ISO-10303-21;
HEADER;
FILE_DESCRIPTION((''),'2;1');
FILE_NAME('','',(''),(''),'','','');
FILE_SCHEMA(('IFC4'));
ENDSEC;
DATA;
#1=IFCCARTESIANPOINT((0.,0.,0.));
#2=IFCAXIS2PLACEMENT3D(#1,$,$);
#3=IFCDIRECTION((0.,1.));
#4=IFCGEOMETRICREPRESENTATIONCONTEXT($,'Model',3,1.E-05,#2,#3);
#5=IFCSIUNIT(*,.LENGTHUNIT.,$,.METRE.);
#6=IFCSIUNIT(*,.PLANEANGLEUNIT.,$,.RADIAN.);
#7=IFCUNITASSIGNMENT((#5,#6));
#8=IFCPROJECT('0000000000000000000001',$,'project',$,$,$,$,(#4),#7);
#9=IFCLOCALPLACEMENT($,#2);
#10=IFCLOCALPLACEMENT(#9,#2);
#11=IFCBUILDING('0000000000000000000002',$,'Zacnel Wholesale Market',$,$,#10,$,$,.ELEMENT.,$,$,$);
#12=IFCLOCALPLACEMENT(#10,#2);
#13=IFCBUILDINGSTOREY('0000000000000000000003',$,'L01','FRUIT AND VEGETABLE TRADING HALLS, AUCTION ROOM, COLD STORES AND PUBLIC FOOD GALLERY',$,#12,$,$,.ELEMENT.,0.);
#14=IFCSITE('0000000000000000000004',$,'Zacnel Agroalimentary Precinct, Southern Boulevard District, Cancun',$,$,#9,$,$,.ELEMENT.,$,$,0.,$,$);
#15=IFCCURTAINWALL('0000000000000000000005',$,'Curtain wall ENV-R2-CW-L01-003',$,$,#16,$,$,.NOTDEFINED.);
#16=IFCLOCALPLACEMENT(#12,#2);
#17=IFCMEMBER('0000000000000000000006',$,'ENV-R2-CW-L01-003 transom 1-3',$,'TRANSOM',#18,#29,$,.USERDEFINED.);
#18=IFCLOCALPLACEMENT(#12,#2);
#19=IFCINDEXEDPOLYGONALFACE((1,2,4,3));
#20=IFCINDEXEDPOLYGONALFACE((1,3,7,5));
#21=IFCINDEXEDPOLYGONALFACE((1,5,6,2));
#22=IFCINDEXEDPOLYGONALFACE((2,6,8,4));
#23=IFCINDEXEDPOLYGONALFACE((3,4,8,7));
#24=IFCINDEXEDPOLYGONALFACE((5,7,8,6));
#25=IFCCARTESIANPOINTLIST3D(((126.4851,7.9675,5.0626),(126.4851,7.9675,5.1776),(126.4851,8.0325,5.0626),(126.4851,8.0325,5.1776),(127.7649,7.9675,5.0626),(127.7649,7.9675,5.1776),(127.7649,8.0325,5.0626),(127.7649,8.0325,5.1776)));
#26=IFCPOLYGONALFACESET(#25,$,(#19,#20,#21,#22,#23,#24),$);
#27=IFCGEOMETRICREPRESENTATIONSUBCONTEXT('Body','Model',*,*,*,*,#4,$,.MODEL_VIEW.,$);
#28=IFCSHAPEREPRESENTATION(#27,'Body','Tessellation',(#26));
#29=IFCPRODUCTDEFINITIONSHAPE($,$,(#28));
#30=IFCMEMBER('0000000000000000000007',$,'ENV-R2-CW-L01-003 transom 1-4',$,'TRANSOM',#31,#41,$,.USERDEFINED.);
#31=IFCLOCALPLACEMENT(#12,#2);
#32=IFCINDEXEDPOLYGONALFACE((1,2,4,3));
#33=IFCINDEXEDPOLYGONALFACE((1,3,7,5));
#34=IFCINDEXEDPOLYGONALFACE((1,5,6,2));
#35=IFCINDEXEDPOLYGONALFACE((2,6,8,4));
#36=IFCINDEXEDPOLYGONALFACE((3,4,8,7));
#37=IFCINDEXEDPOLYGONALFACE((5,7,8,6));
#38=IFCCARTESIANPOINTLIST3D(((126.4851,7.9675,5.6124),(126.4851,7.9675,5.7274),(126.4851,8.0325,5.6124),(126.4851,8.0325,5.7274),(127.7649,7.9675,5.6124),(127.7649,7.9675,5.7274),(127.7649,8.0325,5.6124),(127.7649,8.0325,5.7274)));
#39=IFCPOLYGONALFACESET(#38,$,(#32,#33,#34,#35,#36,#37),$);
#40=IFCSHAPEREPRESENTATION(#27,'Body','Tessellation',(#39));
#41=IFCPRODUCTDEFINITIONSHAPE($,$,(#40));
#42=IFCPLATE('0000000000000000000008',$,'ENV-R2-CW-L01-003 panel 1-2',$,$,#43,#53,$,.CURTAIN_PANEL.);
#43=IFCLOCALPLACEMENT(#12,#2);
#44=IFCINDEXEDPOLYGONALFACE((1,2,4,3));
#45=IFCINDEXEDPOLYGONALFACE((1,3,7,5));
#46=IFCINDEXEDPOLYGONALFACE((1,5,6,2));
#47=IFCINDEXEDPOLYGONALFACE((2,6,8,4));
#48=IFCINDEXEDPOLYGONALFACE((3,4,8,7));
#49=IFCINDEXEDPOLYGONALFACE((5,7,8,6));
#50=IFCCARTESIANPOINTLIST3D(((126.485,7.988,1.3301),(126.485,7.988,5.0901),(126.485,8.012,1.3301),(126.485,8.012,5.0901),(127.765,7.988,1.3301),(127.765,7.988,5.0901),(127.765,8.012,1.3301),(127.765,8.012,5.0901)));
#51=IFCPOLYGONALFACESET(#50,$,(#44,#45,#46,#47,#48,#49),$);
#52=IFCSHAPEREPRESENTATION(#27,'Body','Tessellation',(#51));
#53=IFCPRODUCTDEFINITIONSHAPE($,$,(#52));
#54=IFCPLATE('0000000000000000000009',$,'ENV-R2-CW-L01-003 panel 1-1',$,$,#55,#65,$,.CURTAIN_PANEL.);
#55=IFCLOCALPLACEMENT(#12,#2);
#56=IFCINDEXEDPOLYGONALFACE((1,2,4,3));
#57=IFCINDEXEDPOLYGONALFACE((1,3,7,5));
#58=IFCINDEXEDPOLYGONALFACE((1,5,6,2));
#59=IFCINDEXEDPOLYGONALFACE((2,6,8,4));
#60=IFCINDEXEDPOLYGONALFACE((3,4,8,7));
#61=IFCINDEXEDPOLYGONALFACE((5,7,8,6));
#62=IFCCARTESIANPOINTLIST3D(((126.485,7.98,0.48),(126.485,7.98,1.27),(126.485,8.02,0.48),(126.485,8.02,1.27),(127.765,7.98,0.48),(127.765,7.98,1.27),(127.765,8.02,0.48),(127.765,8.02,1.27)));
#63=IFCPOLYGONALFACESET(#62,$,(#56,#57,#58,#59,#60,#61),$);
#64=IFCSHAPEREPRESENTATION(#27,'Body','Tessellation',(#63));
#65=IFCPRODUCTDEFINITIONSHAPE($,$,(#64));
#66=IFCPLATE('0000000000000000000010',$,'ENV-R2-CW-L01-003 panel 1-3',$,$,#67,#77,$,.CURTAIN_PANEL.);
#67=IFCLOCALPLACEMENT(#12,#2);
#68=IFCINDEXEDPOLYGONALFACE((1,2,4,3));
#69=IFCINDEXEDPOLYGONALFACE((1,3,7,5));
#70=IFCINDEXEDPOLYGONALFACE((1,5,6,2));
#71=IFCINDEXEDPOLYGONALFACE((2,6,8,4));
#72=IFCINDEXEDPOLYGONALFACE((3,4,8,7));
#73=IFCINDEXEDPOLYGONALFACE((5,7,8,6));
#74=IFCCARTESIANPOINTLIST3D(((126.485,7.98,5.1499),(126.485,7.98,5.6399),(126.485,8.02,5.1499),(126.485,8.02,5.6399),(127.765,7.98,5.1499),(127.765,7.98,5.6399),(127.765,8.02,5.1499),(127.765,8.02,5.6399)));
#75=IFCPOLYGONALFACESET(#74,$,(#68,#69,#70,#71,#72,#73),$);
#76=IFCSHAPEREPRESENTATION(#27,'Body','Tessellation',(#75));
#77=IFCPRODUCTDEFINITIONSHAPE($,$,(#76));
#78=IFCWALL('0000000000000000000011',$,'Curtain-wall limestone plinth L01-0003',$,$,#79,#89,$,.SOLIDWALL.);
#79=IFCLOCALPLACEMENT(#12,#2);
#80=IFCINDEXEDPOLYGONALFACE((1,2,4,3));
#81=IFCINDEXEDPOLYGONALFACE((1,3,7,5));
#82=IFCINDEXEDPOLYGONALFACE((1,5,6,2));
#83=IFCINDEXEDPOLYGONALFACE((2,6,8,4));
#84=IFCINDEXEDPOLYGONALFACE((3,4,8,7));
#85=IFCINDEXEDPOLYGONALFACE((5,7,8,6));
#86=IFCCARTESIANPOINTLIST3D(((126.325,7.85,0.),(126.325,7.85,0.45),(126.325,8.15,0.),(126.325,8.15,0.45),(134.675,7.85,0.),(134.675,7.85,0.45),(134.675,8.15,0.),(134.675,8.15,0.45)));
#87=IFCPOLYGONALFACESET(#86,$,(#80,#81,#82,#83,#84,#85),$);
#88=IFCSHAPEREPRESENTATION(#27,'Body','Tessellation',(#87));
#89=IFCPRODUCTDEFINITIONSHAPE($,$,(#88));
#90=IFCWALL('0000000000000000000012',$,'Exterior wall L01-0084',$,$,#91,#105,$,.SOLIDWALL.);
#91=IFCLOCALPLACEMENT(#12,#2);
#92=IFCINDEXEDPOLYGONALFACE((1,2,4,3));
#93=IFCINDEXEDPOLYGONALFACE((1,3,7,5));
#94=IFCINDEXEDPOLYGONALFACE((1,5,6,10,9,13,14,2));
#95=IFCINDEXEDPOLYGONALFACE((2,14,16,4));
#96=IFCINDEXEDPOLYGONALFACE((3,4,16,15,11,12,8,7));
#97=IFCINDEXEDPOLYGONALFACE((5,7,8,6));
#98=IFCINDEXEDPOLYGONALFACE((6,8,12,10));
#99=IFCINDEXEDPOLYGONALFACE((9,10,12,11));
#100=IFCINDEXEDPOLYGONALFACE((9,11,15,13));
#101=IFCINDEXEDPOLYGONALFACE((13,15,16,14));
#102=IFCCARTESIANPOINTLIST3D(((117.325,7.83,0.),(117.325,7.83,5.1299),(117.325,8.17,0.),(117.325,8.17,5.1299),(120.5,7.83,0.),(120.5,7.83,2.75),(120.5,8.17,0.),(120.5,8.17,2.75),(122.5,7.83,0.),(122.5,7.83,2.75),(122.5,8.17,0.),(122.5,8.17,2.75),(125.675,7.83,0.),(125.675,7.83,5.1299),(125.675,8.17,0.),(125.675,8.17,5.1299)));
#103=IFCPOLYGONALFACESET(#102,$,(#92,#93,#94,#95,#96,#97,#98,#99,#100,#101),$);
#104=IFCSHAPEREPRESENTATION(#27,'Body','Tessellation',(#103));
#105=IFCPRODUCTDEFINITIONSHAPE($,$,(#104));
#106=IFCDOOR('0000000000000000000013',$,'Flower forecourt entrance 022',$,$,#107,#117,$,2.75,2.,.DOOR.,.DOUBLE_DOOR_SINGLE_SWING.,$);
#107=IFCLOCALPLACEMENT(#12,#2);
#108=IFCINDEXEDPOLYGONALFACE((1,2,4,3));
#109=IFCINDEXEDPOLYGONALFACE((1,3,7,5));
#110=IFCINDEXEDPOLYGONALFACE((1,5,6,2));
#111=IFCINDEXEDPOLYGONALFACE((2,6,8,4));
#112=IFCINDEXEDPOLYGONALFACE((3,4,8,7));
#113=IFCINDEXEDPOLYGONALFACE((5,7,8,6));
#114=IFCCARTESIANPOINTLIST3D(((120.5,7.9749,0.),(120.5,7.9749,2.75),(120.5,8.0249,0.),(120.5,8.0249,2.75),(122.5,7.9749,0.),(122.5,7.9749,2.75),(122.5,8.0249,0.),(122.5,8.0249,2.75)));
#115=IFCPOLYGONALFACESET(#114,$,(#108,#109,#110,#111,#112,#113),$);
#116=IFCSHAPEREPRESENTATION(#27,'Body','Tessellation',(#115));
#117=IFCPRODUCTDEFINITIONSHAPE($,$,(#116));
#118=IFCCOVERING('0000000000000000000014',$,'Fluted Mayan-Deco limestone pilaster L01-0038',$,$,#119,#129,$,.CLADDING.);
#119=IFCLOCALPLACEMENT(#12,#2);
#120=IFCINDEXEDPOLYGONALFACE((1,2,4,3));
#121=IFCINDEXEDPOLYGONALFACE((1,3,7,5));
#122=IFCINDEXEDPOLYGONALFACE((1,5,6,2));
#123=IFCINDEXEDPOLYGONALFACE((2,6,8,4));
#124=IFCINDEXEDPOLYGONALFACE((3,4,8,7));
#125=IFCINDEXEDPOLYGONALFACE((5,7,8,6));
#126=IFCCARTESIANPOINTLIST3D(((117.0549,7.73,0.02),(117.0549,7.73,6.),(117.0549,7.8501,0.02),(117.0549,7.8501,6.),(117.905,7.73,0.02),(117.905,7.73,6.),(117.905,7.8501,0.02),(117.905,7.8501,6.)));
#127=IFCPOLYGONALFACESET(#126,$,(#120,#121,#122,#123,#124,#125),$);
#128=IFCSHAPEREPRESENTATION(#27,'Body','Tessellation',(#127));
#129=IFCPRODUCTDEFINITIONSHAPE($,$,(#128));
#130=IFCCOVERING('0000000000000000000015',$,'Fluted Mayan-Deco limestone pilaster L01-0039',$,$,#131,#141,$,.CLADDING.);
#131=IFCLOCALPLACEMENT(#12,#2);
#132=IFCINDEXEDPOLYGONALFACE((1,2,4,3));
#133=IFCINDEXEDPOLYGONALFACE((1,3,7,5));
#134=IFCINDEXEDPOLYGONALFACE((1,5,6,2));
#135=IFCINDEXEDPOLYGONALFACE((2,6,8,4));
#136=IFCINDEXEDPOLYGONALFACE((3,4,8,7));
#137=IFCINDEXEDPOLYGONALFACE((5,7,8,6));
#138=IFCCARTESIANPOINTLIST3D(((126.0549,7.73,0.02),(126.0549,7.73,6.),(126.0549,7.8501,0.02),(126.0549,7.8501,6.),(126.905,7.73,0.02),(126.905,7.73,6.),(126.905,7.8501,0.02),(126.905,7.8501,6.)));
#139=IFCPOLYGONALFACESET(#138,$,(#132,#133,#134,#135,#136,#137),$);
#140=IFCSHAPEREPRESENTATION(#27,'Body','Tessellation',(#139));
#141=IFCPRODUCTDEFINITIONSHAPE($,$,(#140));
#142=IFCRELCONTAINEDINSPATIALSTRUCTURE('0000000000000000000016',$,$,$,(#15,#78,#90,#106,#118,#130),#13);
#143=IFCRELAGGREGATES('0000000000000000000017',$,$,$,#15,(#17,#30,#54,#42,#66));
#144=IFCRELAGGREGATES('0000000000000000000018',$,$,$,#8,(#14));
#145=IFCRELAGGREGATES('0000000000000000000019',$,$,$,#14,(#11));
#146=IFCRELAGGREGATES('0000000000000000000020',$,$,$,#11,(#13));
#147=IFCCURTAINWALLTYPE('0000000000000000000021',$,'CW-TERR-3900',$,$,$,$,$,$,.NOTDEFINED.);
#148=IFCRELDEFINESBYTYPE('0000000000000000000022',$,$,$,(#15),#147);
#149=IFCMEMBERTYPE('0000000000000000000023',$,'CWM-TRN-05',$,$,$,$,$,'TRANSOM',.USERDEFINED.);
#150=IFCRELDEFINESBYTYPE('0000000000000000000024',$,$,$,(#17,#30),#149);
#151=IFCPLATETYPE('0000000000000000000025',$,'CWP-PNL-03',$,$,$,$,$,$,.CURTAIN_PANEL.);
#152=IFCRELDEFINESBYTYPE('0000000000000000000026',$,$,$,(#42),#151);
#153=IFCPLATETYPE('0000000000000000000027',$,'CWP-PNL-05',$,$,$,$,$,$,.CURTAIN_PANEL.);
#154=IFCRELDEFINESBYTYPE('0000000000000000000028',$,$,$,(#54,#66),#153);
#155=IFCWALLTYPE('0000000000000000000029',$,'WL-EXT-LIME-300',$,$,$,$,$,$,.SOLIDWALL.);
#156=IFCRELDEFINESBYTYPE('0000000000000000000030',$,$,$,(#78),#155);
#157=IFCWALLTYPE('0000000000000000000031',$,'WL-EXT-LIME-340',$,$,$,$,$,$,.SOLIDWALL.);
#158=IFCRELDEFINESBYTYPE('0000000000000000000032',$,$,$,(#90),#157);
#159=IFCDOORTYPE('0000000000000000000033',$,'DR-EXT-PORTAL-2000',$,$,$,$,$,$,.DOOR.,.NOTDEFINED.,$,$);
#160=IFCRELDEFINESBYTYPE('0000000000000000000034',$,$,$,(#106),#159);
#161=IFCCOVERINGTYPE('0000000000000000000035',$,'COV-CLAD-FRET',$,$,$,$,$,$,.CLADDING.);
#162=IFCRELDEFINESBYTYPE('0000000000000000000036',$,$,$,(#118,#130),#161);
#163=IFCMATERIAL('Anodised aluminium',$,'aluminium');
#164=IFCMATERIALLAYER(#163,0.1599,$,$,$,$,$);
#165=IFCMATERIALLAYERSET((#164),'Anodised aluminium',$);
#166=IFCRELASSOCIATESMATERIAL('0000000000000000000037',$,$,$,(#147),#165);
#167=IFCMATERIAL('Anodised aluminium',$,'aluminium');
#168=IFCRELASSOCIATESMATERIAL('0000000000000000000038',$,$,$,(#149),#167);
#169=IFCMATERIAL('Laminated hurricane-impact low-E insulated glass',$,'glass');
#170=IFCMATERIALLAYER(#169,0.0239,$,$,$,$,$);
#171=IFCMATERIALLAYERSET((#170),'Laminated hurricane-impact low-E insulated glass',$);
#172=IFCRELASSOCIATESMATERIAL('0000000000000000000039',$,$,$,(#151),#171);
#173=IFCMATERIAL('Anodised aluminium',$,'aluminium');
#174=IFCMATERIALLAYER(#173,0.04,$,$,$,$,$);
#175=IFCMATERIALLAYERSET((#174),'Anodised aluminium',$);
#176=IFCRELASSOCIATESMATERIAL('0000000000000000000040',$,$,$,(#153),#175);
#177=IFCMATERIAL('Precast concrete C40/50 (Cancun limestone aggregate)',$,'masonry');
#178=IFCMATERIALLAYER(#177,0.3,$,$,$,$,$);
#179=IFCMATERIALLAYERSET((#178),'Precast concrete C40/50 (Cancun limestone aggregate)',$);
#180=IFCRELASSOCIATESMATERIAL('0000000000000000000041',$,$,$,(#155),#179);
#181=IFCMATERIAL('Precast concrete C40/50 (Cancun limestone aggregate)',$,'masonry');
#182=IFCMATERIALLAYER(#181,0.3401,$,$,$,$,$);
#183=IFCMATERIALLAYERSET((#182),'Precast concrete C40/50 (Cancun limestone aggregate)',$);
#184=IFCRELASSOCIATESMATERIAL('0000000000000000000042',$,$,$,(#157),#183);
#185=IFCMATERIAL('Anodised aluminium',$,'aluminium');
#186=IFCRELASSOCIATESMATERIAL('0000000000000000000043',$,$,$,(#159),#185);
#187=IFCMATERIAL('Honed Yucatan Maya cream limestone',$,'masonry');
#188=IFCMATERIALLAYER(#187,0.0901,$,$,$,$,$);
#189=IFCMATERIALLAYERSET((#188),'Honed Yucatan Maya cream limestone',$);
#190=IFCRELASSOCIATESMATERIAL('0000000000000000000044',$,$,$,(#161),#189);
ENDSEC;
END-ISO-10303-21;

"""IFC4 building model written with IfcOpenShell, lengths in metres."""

from ifc_helpers import new_model, si_unit, direction, frame, frame_2d, origin, origin_2d, place, context, subcontext, project, spatial, rectangle, extrude, material, layer, layer_set, material_profile, profile_set, type_object, element, fill, aggregate, save


model = new_model("IFC4")

# Units and contexts
model_context = context("Model", 3, precision=1e-05, world=origin(), true_north=direction((0.0, 1.0)))
body_context = subcontext(model_context, "Body", "Model", "MODEL_VIEW")
ifc_project = project(units=[si_unit("LENGTHUNIT", "METRE"), si_unit("PLANEANGLEUNIT", "RADIAN")], contexts=[model_context])

# Site, building, storey
site_placement = place(None, origin())
site = spatial("IfcSite", under=ifc_project, at=site_placement, Name="Zacnel Agroalimentary Precinct, Southern Boulevard District, Cancun", CompositionType="ELEMENT", RefElevation=0.0)
building_placement = place(site_placement, origin())
building = spatial("IfcBuilding", under=site, at=building_placement, Name="Zacnel Wholesale Market", CompositionType="ELEMENT")
storey_placement = place(building_placement, origin())
storey = spatial("IfcBuildingStorey", under=building, at=storey_placement, Name="L01", Description="FRUIT AND VEGETABLE TRADING HALLS, AUCTION ROOM, COLD STORES AND PUBLIC FOOD GALLERY", CompositionType="ELEMENT", Elevation=0.0)

# Curtain wall, members, plates
ifc_material_1 = material(Name="Anodised aluminium", Category="aluminium")
ifc_layer_1 = layer(ifc_material_1, 0.1599)
ifc_layer_set_1 = layer_set([ifc_layer_1], Name="Anodised aluminium")
curtain_wall_type = type_object("IfcCurtainWallType", Name="CW-TERR-3900", PredefinedType="NOTDEFINED", material=ifc_layer_set_1)
curtain_wall_placement = place(storey_placement, origin())
curtain_wall = element("IfcCurtainWall", 1, at=curtain_wall_placement, inside=storey, type_object=curtain_wall_type, Name="Curtain wall ENV-R2-CW-L01-003", PredefinedType="NOTDEFINED")
ifc_material_2 = material(Name="Anodised aluminium", Category="aluminium")
ifc_material_profile_1 = material_profile(ifc_material_2, rectangle(XDim=0.0649, YDim=0.115, at=origin_2d()), Name="AW-TRANSOM 65x115")
ifc_profile_set_1 = profile_set([ifc_material_profile_1], Name="Anodised aluminium")
member_type_1 = type_object("IfcMemberType", Name="CWM-TRN-05", ElementType="TRANSOM", PredefinedType="USERDEFINED", material=ifc_profile_set_1)
member_1_placement = place(storey_placement, frame((126.4851, 8.0, 5.1201), z_axis=(1.0, 0.0, 0.0), x_axis=(0.0, 1.0, 0.0)))
member_1 = element("IfcMember", 2, at=member_1_placement, type_object=member_type_1, Name="ENV-R2-CW-L01-003 transom 1-3", ObjectType="TRANSOM", PredefinedType="USERDEFINED", context=body_context, shape_type="SweptSolid", body=[
    extrude(rectangle(XDim=0.0649, YDim=0.115, at=origin_2d()), origin(), (0.0, 0.0, 1.0), 1.2798),
])
member_2_placement = place(storey_placement, frame((126.4851, 8.0, 5.6699), z_axis=(1.0, 0.0, 0.0), x_axis=(0.0, 1.0, 0.0)))
member_2 = element("IfcMember", 3, at=member_2_placement, type_object=member_type_1, Name="ENV-R2-CW-L01-003 transom 1-4", ObjectType="TRANSOM", PredefinedType="USERDEFINED", context=body_context, shape_type="SweptSolid", body=[
    extrude(rectangle(XDim=0.0649, YDim=0.115, at=origin_2d()), origin(), (0.0, 0.0, 1.0), 1.2798),
])
ifc_material_3 = material(Name="Laminated hurricane-impact low-E insulated glass", Category="glass")
ifc_layer_2 = layer(ifc_material_3, 0.0239)
ifc_layer_set_2 = layer_set([ifc_layer_2], Name="Laminated hurricane-impact low-E insulated glass")
plate_type_1 = type_object("IfcPlateType", Name="CWP-PNL-03", PredefinedType="CURTAIN_PANEL", material=ifc_layer_set_2)
plate_1_placement = place(storey_placement, frame((127.125, 8.0, 1.3301), z_axis=(0.0, 0.0, 1.0), x_axis=(1.0, 0.0, 0.0)))
plate_1 = element("IfcPlate", 4, at=plate_1_placement, type_object=plate_type_1, Name="ENV-R2-CW-L01-003 panel 1-2", PredefinedType="CURTAIN_PANEL", context=body_context, shape_type="SweptSolid", body=[
    extrude(rectangle(XDim=1.28, YDim=0.0239, at=origin_2d()), origin(), (0.0, 0.0, 1.0), 3.76),
])
ifc_material_4 = material(Name="Anodised aluminium", Category="aluminium")
ifc_layer_3 = layer(ifc_material_4, 0.04)
ifc_layer_set_3 = layer_set([ifc_layer_3], Name="Anodised aluminium")
plate_type_2 = type_object("IfcPlateType", Name="CWP-PNL-05", PredefinedType="CURTAIN_PANEL", material=ifc_layer_set_3)
plate_2_placement = place(storey_placement, frame((127.125, 8.0, 0.48), z_axis=(0.0, 0.0, 1.0), x_axis=(1.0, 0.0, 0.0)))
plate_2 = element("IfcPlate", 5, at=plate_2_placement, type_object=plate_type_2, Name="ENV-R2-CW-L01-003 panel 1-1", PredefinedType="CURTAIN_PANEL", context=body_context, shape_type="SweptSolid", body=[
    extrude(rectangle(XDim=1.28, YDim=0.04, at=origin_2d()), origin(), (0.0, 0.0, 1.0), 0.79),
])
plate_3_placement = place(storey_placement, frame((127.125, 8.0, 5.1499), z_axis=(0.0, 0.0, 1.0), x_axis=(1.0, 0.0, 0.0)))
plate_3 = element("IfcPlate", 6, at=plate_3_placement, type_object=plate_type_2, Name="ENV-R2-CW-L01-003 panel 1-3", PredefinedType="CURTAIN_PANEL", context=body_context, shape_type="SweptSolid", body=[
    extrude(rectangle(XDim=1.28, YDim=0.04, at=origin_2d()), origin(), (0.0, 0.0, 1.0), 0.49),
])
aggregate(curtain_wall, [member_1, member_2, plate_2, plate_1, plate_3])

# Wall
ifc_material_5 = material(Name="Precast concrete C40/50 (Cancun limestone aggregate)", Category="masonry")
ifc_layer_4 = layer(ifc_material_5, 0.3)
ifc_layer_set_4 = layer_set([ifc_layer_4], Name="Precast concrete C40/50 (Cancun limestone aggregate)")
wall_type_1 = type_object("IfcWallType", Name="WL-EXT-LIME-300", PredefinedType="SOLIDWALL", material=ifc_layer_set_4)
wall_1_placement = place(storey_placement, frame((126.325, 8.0, 0.0), z_axis=(0.0, 0.0, 1.0), x_axis=(1.0, 0.0, 0.0)))
element("IfcWall", 7, at=wall_1_placement, inside=storey, type_object=wall_type_1, Name="Curtain-wall limestone plinth L01-0003", PredefinedType="SOLIDWALL", context=body_context, shape_type="SweptSolid", body=[
    extrude(rectangle(XDim=8.3501, YDim=0.3, at=frame_2d((4.175, 0.0))), origin(), (0.0, 0.0, 1.0), 0.45),
])

# Wall, opening, door
ifc_material_6 = material(Name="Precast concrete C40/50 (Cancun limestone aggregate)", Category="masonry")
ifc_layer_5 = layer(ifc_material_6, 0.3401)
ifc_layer_set_5 = layer_set([ifc_layer_5], Name="Precast concrete C40/50 (Cancun limestone aggregate)")
wall_type_2 = type_object("IfcWallType", Name="WL-EXT-LIME-340", PredefinedType="SOLIDWALL", material=ifc_layer_set_5)
wall_2_placement = place(storey_placement, frame((117.325, 8.0, 0.0), z_axis=(0.0, 0.0, 1.0), x_axis=(1.0, 0.0, 0.0)))
wall_2 = element("IfcWall", 8, at=wall_2_placement, inside=storey, type_object=wall_type_2, Name="Exterior wall L01-0084", PredefinedType="SOLIDWALL", context=body_context, shape_type="SweptSolid", body=[
    extrude(rectangle(XDim=8.3501, YDim=0.3401, at=frame_2d((4.175, 0.0))), origin(), (0.0, 0.0, 1.0), 5.1299),
])
opening_placement = place(wall_2_placement, frame((3.175, 0.0, 0.0)))
opening = element("IfcOpeningElement", 9, at=opening_placement, cuts=wall_2, PredefinedType="OPENING", context=body_context, shape_type="SweptSolid", body=[
    extrude(rectangle(XDim=2.0, YDim=2.75, at=frame_2d((1.0, 1.375))), frame((0.0, 0.1799, 0.0), z_axis=(0.0, -1.0, 0.0), x_axis=(1.0, 0.0, 0.0)), (0.0, 0.0, 1.0), 0.3601),
])
ifc_material_7 = material(Name="Anodised aluminium", Category="aluminium")
door_type = type_object("IfcDoorType", Name="DR-EXT-PORTAL-2000", OperationType="NOTDEFINED", PredefinedType="DOOR", material=ifc_material_7)
door_placement = place(opening_placement, origin())
door = element("IfcDoor", 10, at=door_placement, inside=storey, type_object=door_type, Name="Flower forecourt entrance 022", OperationType="DOUBLE_DOOR_SINGLE_SWING", OverallHeight=2.75, OverallWidth=2.0, PredefinedType="DOOR", context=body_context, shape_type="SweptSolid", body=[
    extrude(rectangle(XDim=2.0, YDim=2.75, at=frame_2d((1.0, 1.375))), frame((0.0, 0.0249, 0.0), z_axis=(0.0, -1.0, 0.0), x_axis=(1.0, 0.0, 0.0)), (0.0, 0.0, 1.0), 0.05),
])
fill(opening, door)

# Coverings
ifc_material_8 = material(Name="Honed Yucatan Maya cream limestone", Category="masonry")
ifc_layer_6 = layer(ifc_material_8, 0.0901)
ifc_layer_set_6 = layer_set([ifc_layer_6], Name="Honed Yucatan Maya cream limestone")
covering_type = type_object("IfcCoveringType", Name="COV-CLAD-FRET", PredefinedType="CLADDING", material=ifc_layer_set_6)
for number, where, z_axis, x_axis, name in (
    (11, (117.48, 7.79, 0.02), (0.0, 0.0, 1.0), (1.0, 0.0, 0.0), "Fluted Mayan-Deco limestone pilaster L01-0038"),
    (12, (126.48, 7.79, 0.02), (0.0, 0.0, 1.0), (1.0, 0.0, 0.0), "Fluted Mayan-Deco limestone pilaster L01-0039"),
):
    element("IfcCovering", number, at=place(storey_placement, frame(where, z_axis=z_axis, x_axis=x_axis)), inside=storey, type_object=covering_type, Name=name, PredefinedType="CLADDING", context=body_context, shape_type="SweptSolid", body=[
        extrude(rectangle(XDim=0.8501, YDim=0.1201, at=origin_2d()), origin(), (0.0, 0.0, 1.0), 5.98),
    ])

save(model, "model.ifc")
